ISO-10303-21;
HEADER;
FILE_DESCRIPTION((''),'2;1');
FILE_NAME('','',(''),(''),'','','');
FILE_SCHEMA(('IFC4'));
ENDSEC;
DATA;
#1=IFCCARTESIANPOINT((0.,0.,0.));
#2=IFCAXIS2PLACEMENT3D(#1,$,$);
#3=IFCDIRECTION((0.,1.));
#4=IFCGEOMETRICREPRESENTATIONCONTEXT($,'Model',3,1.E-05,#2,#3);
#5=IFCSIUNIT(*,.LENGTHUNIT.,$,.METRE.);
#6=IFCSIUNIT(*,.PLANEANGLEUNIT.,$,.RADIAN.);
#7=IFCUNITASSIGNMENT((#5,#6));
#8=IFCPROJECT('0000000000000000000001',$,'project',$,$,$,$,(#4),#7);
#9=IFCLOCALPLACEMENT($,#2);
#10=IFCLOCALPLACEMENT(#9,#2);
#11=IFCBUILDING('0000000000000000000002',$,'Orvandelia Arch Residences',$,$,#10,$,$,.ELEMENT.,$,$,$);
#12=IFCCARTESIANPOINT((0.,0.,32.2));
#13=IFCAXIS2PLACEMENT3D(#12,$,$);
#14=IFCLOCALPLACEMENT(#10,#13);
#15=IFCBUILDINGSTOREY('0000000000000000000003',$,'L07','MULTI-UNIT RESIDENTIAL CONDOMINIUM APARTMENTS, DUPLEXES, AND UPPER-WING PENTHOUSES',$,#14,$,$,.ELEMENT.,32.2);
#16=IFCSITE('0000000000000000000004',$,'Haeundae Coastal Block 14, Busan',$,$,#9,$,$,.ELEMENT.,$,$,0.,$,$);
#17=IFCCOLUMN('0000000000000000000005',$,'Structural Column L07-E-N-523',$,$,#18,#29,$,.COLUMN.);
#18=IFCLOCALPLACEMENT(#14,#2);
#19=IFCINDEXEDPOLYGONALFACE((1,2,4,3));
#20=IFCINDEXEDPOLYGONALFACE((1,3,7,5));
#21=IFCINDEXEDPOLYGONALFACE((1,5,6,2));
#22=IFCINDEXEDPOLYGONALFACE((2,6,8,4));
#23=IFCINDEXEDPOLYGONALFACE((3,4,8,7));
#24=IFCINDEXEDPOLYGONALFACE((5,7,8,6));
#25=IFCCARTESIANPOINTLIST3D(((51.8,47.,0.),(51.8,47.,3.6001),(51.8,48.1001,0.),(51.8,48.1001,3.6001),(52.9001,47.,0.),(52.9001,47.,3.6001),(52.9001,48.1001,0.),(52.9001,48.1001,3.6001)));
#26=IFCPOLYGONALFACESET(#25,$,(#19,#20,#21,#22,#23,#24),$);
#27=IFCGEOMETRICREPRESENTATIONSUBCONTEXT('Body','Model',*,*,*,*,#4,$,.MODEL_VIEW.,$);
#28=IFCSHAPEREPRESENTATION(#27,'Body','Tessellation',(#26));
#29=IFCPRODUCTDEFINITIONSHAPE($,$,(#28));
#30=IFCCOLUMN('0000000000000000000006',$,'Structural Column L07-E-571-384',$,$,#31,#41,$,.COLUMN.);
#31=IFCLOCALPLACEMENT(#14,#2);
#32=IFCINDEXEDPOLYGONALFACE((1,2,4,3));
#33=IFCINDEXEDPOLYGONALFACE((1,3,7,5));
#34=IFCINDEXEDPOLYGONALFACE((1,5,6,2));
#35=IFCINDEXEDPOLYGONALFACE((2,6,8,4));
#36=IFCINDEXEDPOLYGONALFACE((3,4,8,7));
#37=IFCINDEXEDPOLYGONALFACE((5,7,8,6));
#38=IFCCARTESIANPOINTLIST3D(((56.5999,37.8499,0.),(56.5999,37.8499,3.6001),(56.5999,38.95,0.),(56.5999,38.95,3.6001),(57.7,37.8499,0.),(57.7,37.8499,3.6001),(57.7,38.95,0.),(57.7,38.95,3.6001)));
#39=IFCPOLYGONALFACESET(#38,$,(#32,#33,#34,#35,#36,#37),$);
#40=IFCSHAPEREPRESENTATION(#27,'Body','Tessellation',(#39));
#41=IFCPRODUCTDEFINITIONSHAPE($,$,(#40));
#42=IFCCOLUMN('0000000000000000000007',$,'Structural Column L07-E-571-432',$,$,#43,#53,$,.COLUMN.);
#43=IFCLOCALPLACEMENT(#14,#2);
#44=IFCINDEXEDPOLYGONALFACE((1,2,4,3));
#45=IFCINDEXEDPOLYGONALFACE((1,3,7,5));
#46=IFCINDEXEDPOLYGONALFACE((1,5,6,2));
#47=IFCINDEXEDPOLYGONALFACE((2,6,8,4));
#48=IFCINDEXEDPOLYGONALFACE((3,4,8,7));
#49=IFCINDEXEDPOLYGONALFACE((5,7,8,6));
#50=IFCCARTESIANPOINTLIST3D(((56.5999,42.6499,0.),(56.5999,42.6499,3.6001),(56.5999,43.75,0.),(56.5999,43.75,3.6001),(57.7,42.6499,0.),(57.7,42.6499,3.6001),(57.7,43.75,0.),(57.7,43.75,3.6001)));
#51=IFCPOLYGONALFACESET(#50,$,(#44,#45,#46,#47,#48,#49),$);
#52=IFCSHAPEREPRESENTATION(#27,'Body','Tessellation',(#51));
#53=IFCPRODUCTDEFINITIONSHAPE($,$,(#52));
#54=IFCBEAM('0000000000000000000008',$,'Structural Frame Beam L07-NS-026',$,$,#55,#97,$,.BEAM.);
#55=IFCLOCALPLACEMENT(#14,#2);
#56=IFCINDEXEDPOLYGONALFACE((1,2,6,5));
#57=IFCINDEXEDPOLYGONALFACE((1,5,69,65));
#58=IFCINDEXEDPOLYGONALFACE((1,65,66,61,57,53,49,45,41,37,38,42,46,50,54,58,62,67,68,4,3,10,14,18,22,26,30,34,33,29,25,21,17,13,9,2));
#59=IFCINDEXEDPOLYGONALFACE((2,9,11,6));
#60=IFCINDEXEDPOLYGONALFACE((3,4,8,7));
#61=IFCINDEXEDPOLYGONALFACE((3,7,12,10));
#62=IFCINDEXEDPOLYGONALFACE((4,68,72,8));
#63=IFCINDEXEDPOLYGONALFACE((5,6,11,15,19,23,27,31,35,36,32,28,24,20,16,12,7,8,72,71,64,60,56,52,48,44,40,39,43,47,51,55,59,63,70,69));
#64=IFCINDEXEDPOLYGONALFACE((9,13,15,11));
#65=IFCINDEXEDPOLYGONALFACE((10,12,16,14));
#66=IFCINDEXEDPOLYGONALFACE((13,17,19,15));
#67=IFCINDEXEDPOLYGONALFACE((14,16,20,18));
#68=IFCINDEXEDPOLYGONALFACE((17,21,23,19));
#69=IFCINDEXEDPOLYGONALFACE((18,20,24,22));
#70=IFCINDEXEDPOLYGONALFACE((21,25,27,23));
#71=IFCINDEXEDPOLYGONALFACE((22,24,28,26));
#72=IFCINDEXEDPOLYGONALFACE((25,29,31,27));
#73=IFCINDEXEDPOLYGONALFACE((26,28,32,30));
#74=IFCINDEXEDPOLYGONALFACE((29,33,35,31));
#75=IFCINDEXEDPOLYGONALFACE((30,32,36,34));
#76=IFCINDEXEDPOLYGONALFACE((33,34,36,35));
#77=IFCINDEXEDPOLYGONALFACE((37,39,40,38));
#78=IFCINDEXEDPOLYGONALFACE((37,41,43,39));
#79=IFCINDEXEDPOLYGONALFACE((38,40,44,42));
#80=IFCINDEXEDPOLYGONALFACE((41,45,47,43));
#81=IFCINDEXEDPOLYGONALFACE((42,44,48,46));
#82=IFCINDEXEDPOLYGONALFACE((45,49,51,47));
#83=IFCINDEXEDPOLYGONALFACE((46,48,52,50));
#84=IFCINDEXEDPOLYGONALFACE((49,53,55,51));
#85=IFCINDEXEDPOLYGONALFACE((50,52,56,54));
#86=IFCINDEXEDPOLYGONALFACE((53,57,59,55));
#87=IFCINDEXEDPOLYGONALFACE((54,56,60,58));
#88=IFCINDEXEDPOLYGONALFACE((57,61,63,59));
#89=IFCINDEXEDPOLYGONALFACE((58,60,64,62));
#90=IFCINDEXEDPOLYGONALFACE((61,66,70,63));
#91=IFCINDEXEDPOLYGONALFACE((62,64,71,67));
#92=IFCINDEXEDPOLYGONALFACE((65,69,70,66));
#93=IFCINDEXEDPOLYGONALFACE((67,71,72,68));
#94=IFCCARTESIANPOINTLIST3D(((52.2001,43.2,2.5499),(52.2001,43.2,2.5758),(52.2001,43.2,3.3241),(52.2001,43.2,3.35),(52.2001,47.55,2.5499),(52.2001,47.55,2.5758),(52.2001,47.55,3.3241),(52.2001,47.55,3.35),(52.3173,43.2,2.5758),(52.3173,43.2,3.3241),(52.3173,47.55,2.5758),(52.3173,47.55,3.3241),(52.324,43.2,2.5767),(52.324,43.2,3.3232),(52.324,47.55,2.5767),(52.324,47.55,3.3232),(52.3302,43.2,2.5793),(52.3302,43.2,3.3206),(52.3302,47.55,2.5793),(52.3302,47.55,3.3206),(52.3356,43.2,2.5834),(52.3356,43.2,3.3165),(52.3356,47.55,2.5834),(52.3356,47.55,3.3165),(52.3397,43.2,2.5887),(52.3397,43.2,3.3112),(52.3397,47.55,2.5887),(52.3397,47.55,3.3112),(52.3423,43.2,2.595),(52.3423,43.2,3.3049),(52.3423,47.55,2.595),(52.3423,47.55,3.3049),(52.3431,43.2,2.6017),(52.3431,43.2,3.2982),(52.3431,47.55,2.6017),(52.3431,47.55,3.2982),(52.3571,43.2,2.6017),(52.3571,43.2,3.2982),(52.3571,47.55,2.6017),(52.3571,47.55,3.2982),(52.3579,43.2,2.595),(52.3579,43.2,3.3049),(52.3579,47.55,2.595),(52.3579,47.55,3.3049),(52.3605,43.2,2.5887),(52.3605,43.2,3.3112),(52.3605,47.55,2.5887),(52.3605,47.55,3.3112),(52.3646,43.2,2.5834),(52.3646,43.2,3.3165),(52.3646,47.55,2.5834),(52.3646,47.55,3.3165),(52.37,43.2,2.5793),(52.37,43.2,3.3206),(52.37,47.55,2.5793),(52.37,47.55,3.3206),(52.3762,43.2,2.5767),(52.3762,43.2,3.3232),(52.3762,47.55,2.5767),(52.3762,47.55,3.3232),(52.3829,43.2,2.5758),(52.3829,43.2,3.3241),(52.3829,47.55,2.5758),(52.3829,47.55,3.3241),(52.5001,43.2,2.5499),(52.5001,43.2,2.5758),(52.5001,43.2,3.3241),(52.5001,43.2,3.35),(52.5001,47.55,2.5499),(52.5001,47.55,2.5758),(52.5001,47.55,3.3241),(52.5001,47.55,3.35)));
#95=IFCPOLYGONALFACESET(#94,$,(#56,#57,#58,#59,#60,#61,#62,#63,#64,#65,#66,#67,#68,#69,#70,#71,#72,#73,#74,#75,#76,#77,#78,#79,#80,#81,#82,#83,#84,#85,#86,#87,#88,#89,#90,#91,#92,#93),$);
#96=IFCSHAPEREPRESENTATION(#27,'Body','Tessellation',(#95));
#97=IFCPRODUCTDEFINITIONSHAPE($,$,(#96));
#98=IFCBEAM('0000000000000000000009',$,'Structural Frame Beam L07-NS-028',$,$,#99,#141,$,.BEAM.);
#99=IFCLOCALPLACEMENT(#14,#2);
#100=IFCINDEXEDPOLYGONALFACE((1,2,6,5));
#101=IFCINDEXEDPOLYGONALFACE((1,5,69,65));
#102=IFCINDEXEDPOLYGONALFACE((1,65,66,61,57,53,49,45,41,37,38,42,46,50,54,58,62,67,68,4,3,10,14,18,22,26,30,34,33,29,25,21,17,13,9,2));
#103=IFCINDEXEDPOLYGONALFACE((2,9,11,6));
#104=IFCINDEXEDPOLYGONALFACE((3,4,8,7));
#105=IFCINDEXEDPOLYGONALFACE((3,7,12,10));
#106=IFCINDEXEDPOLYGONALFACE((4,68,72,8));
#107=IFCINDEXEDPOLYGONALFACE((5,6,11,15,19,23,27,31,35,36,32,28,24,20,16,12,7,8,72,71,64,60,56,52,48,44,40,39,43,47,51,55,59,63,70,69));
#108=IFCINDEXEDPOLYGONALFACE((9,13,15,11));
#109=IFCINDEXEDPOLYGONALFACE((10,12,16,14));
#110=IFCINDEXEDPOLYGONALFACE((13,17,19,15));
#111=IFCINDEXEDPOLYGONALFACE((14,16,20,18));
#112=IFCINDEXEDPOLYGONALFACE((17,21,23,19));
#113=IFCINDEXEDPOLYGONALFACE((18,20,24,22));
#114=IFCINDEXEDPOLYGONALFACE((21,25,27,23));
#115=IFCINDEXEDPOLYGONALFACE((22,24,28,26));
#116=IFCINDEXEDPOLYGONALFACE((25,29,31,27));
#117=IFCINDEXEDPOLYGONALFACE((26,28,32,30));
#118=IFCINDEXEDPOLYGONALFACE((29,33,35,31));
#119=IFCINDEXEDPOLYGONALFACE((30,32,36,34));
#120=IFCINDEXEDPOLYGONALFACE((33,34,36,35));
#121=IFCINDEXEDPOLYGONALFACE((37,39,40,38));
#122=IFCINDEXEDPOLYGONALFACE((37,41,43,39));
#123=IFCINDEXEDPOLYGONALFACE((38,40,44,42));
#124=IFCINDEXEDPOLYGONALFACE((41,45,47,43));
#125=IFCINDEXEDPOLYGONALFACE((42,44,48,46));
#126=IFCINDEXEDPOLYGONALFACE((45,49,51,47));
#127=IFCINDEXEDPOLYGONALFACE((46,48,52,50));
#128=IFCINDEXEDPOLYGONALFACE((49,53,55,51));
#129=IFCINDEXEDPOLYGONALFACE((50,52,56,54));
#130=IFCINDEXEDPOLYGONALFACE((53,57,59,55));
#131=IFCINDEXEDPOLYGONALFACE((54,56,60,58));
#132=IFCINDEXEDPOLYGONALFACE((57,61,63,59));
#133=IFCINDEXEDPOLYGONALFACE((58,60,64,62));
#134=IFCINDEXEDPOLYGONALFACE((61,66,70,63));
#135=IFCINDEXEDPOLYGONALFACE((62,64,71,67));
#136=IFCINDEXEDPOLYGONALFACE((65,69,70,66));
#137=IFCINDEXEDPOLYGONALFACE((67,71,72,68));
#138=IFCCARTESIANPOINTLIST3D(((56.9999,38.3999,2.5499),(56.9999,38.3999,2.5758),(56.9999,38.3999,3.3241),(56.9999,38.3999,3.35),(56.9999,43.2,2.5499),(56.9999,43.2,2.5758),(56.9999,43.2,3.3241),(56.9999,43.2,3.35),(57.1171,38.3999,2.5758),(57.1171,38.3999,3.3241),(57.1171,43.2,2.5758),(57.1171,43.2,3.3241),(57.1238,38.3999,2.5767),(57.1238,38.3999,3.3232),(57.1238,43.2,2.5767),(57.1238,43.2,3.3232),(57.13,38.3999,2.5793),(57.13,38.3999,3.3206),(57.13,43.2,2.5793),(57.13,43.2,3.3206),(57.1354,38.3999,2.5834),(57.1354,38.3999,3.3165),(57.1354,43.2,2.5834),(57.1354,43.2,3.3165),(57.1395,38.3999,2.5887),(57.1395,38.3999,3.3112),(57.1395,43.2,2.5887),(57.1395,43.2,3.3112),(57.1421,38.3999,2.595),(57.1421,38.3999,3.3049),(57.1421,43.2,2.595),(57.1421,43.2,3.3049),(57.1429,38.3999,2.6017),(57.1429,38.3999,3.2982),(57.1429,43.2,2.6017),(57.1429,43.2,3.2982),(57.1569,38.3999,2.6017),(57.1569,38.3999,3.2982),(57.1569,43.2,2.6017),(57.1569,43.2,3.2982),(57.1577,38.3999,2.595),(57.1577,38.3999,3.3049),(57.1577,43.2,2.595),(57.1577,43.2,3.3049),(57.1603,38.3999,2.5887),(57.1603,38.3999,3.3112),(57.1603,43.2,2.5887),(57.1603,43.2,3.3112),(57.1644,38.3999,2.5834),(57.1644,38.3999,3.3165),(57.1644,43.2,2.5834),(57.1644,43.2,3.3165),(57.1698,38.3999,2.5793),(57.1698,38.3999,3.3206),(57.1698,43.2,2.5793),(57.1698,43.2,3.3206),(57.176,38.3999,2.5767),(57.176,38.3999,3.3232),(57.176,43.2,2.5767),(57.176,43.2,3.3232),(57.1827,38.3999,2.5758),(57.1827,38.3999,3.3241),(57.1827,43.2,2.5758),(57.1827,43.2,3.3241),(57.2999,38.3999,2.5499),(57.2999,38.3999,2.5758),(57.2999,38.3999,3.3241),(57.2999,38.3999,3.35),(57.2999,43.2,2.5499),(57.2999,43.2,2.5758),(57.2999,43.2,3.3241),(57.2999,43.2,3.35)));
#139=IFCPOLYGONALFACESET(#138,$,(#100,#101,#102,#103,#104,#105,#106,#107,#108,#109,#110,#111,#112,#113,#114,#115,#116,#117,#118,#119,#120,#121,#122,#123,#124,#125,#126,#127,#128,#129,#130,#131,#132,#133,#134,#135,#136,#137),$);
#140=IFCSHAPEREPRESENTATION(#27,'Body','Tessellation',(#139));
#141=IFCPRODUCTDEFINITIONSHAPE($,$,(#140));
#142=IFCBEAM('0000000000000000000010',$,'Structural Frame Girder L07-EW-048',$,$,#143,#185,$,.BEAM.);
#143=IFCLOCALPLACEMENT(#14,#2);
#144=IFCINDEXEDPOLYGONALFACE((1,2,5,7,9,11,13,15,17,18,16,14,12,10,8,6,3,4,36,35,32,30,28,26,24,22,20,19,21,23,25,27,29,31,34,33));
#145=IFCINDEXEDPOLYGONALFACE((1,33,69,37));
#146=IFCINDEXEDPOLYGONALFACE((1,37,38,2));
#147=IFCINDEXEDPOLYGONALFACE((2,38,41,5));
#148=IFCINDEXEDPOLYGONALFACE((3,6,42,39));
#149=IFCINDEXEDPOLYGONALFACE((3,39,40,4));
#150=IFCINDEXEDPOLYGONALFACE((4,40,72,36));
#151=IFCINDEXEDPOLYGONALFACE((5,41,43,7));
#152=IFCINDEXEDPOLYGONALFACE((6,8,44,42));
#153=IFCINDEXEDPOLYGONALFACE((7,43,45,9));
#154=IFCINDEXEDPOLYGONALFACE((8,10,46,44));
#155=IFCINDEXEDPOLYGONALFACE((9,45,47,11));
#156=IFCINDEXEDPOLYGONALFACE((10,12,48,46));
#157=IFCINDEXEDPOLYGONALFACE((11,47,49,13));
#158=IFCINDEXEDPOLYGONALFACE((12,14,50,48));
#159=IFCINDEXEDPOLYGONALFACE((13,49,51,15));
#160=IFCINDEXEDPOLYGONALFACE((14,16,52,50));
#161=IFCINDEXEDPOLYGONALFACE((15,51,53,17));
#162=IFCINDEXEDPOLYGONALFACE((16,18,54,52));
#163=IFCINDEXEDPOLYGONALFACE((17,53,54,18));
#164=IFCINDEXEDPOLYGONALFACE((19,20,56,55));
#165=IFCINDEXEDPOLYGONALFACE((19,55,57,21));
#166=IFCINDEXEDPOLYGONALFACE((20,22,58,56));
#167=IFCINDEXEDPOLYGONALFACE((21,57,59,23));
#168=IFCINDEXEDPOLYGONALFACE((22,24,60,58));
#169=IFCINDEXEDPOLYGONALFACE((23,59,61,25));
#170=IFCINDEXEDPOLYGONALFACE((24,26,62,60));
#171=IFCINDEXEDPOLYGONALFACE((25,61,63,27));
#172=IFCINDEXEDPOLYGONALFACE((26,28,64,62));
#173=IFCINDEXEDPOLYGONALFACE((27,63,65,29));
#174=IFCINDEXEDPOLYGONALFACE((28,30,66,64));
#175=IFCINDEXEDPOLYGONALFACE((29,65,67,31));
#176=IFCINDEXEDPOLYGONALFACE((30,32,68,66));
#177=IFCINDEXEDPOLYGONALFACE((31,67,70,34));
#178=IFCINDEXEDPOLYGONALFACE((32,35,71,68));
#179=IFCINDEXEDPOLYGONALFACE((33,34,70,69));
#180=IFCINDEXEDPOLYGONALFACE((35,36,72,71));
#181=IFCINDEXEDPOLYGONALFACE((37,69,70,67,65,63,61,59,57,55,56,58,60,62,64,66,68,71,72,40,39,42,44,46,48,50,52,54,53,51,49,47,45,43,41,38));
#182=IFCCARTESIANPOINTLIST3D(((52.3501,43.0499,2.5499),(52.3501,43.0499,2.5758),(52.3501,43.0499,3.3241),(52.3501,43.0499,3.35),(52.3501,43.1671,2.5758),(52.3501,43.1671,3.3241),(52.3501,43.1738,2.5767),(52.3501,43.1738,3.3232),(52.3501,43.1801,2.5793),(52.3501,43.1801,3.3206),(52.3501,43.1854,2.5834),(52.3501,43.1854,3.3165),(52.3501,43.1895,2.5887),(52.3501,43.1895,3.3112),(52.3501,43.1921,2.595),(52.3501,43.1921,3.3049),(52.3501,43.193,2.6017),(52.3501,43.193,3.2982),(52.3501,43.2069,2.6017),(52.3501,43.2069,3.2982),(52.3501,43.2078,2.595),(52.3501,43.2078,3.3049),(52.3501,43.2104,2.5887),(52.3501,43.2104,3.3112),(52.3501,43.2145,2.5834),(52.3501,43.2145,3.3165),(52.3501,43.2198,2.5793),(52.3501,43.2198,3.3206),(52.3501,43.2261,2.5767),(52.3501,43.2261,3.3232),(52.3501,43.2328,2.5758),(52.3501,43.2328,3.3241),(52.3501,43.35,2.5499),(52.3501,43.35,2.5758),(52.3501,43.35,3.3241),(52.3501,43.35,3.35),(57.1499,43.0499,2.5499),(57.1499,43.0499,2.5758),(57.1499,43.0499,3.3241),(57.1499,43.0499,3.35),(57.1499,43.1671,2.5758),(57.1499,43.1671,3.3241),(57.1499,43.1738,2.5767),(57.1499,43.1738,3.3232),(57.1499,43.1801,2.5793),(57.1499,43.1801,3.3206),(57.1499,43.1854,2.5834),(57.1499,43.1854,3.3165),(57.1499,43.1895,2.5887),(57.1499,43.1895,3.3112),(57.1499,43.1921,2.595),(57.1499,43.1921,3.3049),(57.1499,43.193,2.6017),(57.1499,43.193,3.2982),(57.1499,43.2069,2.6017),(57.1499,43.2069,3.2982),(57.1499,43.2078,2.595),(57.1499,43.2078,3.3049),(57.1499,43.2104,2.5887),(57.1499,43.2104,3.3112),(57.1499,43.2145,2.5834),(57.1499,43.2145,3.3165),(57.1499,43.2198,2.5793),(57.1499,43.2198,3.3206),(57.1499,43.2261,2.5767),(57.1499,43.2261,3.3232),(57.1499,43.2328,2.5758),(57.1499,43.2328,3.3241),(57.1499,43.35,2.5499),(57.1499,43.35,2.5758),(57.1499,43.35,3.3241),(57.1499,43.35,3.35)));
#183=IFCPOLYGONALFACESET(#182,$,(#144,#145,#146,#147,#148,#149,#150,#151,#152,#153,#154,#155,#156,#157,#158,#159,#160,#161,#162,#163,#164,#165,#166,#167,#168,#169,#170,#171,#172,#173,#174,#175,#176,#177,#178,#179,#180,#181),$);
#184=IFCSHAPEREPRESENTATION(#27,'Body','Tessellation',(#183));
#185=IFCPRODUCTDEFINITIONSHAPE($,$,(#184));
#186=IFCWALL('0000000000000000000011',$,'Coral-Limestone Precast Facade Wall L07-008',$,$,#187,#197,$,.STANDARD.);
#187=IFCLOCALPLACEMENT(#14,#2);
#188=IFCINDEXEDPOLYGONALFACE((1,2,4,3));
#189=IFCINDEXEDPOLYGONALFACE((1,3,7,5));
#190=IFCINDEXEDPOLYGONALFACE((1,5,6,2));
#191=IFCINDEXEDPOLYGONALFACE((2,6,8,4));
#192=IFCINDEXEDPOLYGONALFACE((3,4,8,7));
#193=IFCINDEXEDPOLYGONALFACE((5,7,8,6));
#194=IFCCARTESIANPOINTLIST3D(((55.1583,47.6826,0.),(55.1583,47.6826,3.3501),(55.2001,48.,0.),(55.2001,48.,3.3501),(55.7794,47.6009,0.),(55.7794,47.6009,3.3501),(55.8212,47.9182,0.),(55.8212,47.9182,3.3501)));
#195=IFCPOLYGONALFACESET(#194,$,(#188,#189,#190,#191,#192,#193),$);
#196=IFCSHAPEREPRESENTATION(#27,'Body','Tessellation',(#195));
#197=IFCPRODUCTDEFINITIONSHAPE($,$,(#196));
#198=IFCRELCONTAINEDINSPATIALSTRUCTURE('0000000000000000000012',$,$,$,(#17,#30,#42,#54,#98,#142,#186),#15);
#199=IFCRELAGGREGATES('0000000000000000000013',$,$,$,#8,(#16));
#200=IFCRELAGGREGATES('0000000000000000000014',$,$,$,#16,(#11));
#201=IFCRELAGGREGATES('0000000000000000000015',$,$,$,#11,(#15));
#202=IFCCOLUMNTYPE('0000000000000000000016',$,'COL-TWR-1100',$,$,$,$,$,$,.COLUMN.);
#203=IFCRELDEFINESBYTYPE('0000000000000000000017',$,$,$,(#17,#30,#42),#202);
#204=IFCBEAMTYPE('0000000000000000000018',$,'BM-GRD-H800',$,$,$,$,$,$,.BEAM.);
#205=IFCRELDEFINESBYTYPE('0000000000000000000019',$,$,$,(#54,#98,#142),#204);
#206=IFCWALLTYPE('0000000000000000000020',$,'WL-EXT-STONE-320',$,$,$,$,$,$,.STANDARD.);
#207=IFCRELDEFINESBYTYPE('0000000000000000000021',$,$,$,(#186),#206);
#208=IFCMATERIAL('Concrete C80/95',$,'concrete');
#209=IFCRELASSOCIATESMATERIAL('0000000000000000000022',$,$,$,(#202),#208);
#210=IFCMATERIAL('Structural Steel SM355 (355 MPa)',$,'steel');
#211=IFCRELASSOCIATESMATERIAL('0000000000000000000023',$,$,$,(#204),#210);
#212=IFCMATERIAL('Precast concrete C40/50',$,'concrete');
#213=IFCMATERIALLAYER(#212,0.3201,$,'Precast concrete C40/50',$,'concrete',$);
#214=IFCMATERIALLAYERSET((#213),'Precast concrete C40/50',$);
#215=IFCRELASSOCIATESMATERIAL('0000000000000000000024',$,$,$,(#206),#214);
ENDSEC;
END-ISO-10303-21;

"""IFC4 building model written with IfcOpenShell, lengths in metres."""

from ifc_helpers import new_model, si_unit, direction, frame, frame_2d, origin, origin_2d, place, context, subcontext, project, spatial, rectangle, i_section, extrude, material, layer, layer_set, material_profile, profile_set, type_object, element, save


model = new_model("IFC4")

# Units and contexts
model_context = context("Model", 3, precision=1e-05, world=origin(), true_north=direction((0.0, 1.0)))
body_context = subcontext(model_context, "Body", "Model", "MODEL_VIEW")
ifc_project = project(units=[si_unit("LENGTHUNIT", "METRE"), si_unit("PLANEANGLEUNIT", "RADIAN")], contexts=[model_context])

# Site, building, storey
site_placement = place(None, origin())
site = spatial("IfcSite", under=ifc_project, at=site_placement, Name="Haeundae Coastal Block 14, Busan", CompositionType="ELEMENT", RefElevation=0.0)
building_placement = place(site_placement, origin())
building = spatial("IfcBuilding", under=site, at=building_placement, Name="Orvandelia Arch Residences", CompositionType="ELEMENT")
storey_placement = place(building_placement, frame((0.0, 0.0, 32.2)))
storey = spatial("IfcBuildingStorey", under=building, at=storey_placement, Name="L07", Description="MULTI-UNIT RESIDENTIAL CONDOMINIUM APARTMENTS, DUPLEXES, AND UPPER-WING PENTHOUSES", CompositionType="ELEMENT", Elevation=32.2)

# Columns
ifc_material_1 = material(Name="Concrete C80/95", Category="concrete")
ifc_material_profile_1 = material_profile(ifc_material_1, rectangle(XDim=1.1001, YDim=1.1001, at=origin_2d()), Name="Concrete C80/95", Category="concrete")
ifc_profile_set_1 = profile_set([ifc_material_profile_1], Name="Concrete C80/95")
column_type = type_object("IfcColumnType", Name="COL-TWR-1100", PredefinedType="COLUMN", material=ifc_profile_set_1)
for number, where, z_axis, x_axis, name in (
    (1, (52.3501, 47.55, 0.0), (0.0, 0.0, 1.0), (1.0, 0.0, 0.0), "Structural Column L07-E-N-523"),
    (2, (57.1499, 38.3999, 0.0), (0.0, 0.0, 1.0), (1.0, 0.0, 0.0), "Structural Column L07-E-571-384"),
    (3, (57.1499, 43.2, 0.0), (0.0, 0.0, 1.0), (1.0, 0.0, 0.0), "Structural Column L07-E-571-432"),
):
    element("IfcColumn", number, at=place(storey_placement, frame(where, z_axis=z_axis, x_axis=x_axis)), inside=storey, type_object=column_type, Name=name, PredefinedType="COLUMN", context=body_context, shape_type="SweptSolid", body=[
        extrude(rectangle(XDim=1.1001, YDim=1.1001, at=origin_2d()), origin(), (0.0, 0.0, 1.0), 3.6001),
    ])

# Beams
ifc_material_2 = material(Name="Structural Steel SM355 (355 MPa)", Category="steel")
ifc_material_profile_2 = material_profile(ifc_material_2, i_section(OverallWidth=0.3, OverallDepth=0.8, WebThickness=0.0139, FlangeThickness=0.0259, FilletRadius=0.0259, at=origin_2d()), Name="Structural Steel SM355 (355 MPa)", Category="steel")
ifc_profile_set_2 = profile_set([ifc_material_profile_2], Name="Structural Steel SM355 (355 MPa)")
beam_type = type_object("IfcBeamType", Name="BM-GRD-H800", PredefinedType="BEAM", material=ifc_profile_set_2)
beam_1_placement = place(storey_placement, frame((52.3501, 43.2, 2.95), z_axis=(0.0, 1.0, 0.0), x_axis=(-1.0, 0.0, 0.0)))
element("IfcBeam", 4, at=beam_1_placement, inside=storey, type_object=beam_type, Name="Structural Frame Beam L07-NS-026", PredefinedType="BEAM", context=body_context, shape_type="SweptSolid", body=[
    extrude(i_section(OverallWidth=0.3, OverallDepth=0.8, WebThickness=0.0139, FlangeThickness=0.0259, FilletRadius=0.0259, at=origin_2d()), origin(), (0.0, 0.0, 1.0), 4.3501),
])
beam_2_placement = place(storey_placement, frame((57.1499, 38.3999, 2.95), z_axis=(0.0, 1.0, 0.0), x_axis=(-1.0, 0.0, 0.0)))
element("IfcBeam", 5, at=beam_2_placement, inside=storey, type_object=beam_type, Name="Structural Frame Beam L07-NS-028", PredefinedType="BEAM", context=body_context, shape_type="SweptSolid", body=[
    extrude(i_section(OverallWidth=0.3, OverallDepth=0.8, WebThickness=0.0139, FlangeThickness=0.0259, FilletRadius=0.0259, at=origin_2d()), origin(), (0.0, 0.0, 1.0), 4.8),
])
beam_3_placement = place(storey_placement, frame((52.3501, 43.2, 2.95), z_axis=(1.0, 0.0, 0.0), x_axis=(0.0, 1.0, 0.0)))
element("IfcBeam", 6, at=beam_3_placement, inside=storey, type_object=beam_type, Name="Structural Frame Girder L07-EW-048", PredefinedType="BEAM", context=body_context, shape_type="SweptSolid", body=[
    extrude(i_section(OverallWidth=0.3, OverallDepth=0.8, WebThickness=0.0139, FlangeThickness=0.0259, FilletRadius=0.0259, at=origin_2d()), origin(), (0.0, 0.0, 1.0), 4.7998),
])

# Wall
ifc_material_3 = material(Name="Precast concrete C40/50", Category="concrete")
ifc_layer_1 = layer(ifc_material_3, 0.3201, Name="Precast concrete C40/50", Category="concrete")
ifc_layer_set_1 = layer_set([ifc_layer_1], Name="Precast concrete C40/50")
wall_type_1 = type_object("IfcWallType", Name="WL-EXT-STONE-320", PredefinedType="STANDARD", material=ifc_layer_set_1)
for number, where, z_axis, x_axis, name in (
    (7, (55.1792, 47.8413, 0.0), (0.0, 0.0, 1.0), (0.991441, -0.130555, 0.0), "Coral-Limestone Precast Facade Wall L07-008"),
):
    element("IfcWall", number, at=place(storey_placement, frame(where, z_axis=z_axis, x_axis=x_axis)), inside=storey, type_object=wall_type_1, Name=name, PredefinedType="STANDARD", context=body_context, shape_type="SweptSolid", body=[
        extrude(rectangle(XDim=0.6265, YDim=0.3201, at=frame_2d((0.3132, 0.0))), origin(), (0.0, 0.0, 1.0), 3.3501),
    ])

save(model, "model.ifc")
